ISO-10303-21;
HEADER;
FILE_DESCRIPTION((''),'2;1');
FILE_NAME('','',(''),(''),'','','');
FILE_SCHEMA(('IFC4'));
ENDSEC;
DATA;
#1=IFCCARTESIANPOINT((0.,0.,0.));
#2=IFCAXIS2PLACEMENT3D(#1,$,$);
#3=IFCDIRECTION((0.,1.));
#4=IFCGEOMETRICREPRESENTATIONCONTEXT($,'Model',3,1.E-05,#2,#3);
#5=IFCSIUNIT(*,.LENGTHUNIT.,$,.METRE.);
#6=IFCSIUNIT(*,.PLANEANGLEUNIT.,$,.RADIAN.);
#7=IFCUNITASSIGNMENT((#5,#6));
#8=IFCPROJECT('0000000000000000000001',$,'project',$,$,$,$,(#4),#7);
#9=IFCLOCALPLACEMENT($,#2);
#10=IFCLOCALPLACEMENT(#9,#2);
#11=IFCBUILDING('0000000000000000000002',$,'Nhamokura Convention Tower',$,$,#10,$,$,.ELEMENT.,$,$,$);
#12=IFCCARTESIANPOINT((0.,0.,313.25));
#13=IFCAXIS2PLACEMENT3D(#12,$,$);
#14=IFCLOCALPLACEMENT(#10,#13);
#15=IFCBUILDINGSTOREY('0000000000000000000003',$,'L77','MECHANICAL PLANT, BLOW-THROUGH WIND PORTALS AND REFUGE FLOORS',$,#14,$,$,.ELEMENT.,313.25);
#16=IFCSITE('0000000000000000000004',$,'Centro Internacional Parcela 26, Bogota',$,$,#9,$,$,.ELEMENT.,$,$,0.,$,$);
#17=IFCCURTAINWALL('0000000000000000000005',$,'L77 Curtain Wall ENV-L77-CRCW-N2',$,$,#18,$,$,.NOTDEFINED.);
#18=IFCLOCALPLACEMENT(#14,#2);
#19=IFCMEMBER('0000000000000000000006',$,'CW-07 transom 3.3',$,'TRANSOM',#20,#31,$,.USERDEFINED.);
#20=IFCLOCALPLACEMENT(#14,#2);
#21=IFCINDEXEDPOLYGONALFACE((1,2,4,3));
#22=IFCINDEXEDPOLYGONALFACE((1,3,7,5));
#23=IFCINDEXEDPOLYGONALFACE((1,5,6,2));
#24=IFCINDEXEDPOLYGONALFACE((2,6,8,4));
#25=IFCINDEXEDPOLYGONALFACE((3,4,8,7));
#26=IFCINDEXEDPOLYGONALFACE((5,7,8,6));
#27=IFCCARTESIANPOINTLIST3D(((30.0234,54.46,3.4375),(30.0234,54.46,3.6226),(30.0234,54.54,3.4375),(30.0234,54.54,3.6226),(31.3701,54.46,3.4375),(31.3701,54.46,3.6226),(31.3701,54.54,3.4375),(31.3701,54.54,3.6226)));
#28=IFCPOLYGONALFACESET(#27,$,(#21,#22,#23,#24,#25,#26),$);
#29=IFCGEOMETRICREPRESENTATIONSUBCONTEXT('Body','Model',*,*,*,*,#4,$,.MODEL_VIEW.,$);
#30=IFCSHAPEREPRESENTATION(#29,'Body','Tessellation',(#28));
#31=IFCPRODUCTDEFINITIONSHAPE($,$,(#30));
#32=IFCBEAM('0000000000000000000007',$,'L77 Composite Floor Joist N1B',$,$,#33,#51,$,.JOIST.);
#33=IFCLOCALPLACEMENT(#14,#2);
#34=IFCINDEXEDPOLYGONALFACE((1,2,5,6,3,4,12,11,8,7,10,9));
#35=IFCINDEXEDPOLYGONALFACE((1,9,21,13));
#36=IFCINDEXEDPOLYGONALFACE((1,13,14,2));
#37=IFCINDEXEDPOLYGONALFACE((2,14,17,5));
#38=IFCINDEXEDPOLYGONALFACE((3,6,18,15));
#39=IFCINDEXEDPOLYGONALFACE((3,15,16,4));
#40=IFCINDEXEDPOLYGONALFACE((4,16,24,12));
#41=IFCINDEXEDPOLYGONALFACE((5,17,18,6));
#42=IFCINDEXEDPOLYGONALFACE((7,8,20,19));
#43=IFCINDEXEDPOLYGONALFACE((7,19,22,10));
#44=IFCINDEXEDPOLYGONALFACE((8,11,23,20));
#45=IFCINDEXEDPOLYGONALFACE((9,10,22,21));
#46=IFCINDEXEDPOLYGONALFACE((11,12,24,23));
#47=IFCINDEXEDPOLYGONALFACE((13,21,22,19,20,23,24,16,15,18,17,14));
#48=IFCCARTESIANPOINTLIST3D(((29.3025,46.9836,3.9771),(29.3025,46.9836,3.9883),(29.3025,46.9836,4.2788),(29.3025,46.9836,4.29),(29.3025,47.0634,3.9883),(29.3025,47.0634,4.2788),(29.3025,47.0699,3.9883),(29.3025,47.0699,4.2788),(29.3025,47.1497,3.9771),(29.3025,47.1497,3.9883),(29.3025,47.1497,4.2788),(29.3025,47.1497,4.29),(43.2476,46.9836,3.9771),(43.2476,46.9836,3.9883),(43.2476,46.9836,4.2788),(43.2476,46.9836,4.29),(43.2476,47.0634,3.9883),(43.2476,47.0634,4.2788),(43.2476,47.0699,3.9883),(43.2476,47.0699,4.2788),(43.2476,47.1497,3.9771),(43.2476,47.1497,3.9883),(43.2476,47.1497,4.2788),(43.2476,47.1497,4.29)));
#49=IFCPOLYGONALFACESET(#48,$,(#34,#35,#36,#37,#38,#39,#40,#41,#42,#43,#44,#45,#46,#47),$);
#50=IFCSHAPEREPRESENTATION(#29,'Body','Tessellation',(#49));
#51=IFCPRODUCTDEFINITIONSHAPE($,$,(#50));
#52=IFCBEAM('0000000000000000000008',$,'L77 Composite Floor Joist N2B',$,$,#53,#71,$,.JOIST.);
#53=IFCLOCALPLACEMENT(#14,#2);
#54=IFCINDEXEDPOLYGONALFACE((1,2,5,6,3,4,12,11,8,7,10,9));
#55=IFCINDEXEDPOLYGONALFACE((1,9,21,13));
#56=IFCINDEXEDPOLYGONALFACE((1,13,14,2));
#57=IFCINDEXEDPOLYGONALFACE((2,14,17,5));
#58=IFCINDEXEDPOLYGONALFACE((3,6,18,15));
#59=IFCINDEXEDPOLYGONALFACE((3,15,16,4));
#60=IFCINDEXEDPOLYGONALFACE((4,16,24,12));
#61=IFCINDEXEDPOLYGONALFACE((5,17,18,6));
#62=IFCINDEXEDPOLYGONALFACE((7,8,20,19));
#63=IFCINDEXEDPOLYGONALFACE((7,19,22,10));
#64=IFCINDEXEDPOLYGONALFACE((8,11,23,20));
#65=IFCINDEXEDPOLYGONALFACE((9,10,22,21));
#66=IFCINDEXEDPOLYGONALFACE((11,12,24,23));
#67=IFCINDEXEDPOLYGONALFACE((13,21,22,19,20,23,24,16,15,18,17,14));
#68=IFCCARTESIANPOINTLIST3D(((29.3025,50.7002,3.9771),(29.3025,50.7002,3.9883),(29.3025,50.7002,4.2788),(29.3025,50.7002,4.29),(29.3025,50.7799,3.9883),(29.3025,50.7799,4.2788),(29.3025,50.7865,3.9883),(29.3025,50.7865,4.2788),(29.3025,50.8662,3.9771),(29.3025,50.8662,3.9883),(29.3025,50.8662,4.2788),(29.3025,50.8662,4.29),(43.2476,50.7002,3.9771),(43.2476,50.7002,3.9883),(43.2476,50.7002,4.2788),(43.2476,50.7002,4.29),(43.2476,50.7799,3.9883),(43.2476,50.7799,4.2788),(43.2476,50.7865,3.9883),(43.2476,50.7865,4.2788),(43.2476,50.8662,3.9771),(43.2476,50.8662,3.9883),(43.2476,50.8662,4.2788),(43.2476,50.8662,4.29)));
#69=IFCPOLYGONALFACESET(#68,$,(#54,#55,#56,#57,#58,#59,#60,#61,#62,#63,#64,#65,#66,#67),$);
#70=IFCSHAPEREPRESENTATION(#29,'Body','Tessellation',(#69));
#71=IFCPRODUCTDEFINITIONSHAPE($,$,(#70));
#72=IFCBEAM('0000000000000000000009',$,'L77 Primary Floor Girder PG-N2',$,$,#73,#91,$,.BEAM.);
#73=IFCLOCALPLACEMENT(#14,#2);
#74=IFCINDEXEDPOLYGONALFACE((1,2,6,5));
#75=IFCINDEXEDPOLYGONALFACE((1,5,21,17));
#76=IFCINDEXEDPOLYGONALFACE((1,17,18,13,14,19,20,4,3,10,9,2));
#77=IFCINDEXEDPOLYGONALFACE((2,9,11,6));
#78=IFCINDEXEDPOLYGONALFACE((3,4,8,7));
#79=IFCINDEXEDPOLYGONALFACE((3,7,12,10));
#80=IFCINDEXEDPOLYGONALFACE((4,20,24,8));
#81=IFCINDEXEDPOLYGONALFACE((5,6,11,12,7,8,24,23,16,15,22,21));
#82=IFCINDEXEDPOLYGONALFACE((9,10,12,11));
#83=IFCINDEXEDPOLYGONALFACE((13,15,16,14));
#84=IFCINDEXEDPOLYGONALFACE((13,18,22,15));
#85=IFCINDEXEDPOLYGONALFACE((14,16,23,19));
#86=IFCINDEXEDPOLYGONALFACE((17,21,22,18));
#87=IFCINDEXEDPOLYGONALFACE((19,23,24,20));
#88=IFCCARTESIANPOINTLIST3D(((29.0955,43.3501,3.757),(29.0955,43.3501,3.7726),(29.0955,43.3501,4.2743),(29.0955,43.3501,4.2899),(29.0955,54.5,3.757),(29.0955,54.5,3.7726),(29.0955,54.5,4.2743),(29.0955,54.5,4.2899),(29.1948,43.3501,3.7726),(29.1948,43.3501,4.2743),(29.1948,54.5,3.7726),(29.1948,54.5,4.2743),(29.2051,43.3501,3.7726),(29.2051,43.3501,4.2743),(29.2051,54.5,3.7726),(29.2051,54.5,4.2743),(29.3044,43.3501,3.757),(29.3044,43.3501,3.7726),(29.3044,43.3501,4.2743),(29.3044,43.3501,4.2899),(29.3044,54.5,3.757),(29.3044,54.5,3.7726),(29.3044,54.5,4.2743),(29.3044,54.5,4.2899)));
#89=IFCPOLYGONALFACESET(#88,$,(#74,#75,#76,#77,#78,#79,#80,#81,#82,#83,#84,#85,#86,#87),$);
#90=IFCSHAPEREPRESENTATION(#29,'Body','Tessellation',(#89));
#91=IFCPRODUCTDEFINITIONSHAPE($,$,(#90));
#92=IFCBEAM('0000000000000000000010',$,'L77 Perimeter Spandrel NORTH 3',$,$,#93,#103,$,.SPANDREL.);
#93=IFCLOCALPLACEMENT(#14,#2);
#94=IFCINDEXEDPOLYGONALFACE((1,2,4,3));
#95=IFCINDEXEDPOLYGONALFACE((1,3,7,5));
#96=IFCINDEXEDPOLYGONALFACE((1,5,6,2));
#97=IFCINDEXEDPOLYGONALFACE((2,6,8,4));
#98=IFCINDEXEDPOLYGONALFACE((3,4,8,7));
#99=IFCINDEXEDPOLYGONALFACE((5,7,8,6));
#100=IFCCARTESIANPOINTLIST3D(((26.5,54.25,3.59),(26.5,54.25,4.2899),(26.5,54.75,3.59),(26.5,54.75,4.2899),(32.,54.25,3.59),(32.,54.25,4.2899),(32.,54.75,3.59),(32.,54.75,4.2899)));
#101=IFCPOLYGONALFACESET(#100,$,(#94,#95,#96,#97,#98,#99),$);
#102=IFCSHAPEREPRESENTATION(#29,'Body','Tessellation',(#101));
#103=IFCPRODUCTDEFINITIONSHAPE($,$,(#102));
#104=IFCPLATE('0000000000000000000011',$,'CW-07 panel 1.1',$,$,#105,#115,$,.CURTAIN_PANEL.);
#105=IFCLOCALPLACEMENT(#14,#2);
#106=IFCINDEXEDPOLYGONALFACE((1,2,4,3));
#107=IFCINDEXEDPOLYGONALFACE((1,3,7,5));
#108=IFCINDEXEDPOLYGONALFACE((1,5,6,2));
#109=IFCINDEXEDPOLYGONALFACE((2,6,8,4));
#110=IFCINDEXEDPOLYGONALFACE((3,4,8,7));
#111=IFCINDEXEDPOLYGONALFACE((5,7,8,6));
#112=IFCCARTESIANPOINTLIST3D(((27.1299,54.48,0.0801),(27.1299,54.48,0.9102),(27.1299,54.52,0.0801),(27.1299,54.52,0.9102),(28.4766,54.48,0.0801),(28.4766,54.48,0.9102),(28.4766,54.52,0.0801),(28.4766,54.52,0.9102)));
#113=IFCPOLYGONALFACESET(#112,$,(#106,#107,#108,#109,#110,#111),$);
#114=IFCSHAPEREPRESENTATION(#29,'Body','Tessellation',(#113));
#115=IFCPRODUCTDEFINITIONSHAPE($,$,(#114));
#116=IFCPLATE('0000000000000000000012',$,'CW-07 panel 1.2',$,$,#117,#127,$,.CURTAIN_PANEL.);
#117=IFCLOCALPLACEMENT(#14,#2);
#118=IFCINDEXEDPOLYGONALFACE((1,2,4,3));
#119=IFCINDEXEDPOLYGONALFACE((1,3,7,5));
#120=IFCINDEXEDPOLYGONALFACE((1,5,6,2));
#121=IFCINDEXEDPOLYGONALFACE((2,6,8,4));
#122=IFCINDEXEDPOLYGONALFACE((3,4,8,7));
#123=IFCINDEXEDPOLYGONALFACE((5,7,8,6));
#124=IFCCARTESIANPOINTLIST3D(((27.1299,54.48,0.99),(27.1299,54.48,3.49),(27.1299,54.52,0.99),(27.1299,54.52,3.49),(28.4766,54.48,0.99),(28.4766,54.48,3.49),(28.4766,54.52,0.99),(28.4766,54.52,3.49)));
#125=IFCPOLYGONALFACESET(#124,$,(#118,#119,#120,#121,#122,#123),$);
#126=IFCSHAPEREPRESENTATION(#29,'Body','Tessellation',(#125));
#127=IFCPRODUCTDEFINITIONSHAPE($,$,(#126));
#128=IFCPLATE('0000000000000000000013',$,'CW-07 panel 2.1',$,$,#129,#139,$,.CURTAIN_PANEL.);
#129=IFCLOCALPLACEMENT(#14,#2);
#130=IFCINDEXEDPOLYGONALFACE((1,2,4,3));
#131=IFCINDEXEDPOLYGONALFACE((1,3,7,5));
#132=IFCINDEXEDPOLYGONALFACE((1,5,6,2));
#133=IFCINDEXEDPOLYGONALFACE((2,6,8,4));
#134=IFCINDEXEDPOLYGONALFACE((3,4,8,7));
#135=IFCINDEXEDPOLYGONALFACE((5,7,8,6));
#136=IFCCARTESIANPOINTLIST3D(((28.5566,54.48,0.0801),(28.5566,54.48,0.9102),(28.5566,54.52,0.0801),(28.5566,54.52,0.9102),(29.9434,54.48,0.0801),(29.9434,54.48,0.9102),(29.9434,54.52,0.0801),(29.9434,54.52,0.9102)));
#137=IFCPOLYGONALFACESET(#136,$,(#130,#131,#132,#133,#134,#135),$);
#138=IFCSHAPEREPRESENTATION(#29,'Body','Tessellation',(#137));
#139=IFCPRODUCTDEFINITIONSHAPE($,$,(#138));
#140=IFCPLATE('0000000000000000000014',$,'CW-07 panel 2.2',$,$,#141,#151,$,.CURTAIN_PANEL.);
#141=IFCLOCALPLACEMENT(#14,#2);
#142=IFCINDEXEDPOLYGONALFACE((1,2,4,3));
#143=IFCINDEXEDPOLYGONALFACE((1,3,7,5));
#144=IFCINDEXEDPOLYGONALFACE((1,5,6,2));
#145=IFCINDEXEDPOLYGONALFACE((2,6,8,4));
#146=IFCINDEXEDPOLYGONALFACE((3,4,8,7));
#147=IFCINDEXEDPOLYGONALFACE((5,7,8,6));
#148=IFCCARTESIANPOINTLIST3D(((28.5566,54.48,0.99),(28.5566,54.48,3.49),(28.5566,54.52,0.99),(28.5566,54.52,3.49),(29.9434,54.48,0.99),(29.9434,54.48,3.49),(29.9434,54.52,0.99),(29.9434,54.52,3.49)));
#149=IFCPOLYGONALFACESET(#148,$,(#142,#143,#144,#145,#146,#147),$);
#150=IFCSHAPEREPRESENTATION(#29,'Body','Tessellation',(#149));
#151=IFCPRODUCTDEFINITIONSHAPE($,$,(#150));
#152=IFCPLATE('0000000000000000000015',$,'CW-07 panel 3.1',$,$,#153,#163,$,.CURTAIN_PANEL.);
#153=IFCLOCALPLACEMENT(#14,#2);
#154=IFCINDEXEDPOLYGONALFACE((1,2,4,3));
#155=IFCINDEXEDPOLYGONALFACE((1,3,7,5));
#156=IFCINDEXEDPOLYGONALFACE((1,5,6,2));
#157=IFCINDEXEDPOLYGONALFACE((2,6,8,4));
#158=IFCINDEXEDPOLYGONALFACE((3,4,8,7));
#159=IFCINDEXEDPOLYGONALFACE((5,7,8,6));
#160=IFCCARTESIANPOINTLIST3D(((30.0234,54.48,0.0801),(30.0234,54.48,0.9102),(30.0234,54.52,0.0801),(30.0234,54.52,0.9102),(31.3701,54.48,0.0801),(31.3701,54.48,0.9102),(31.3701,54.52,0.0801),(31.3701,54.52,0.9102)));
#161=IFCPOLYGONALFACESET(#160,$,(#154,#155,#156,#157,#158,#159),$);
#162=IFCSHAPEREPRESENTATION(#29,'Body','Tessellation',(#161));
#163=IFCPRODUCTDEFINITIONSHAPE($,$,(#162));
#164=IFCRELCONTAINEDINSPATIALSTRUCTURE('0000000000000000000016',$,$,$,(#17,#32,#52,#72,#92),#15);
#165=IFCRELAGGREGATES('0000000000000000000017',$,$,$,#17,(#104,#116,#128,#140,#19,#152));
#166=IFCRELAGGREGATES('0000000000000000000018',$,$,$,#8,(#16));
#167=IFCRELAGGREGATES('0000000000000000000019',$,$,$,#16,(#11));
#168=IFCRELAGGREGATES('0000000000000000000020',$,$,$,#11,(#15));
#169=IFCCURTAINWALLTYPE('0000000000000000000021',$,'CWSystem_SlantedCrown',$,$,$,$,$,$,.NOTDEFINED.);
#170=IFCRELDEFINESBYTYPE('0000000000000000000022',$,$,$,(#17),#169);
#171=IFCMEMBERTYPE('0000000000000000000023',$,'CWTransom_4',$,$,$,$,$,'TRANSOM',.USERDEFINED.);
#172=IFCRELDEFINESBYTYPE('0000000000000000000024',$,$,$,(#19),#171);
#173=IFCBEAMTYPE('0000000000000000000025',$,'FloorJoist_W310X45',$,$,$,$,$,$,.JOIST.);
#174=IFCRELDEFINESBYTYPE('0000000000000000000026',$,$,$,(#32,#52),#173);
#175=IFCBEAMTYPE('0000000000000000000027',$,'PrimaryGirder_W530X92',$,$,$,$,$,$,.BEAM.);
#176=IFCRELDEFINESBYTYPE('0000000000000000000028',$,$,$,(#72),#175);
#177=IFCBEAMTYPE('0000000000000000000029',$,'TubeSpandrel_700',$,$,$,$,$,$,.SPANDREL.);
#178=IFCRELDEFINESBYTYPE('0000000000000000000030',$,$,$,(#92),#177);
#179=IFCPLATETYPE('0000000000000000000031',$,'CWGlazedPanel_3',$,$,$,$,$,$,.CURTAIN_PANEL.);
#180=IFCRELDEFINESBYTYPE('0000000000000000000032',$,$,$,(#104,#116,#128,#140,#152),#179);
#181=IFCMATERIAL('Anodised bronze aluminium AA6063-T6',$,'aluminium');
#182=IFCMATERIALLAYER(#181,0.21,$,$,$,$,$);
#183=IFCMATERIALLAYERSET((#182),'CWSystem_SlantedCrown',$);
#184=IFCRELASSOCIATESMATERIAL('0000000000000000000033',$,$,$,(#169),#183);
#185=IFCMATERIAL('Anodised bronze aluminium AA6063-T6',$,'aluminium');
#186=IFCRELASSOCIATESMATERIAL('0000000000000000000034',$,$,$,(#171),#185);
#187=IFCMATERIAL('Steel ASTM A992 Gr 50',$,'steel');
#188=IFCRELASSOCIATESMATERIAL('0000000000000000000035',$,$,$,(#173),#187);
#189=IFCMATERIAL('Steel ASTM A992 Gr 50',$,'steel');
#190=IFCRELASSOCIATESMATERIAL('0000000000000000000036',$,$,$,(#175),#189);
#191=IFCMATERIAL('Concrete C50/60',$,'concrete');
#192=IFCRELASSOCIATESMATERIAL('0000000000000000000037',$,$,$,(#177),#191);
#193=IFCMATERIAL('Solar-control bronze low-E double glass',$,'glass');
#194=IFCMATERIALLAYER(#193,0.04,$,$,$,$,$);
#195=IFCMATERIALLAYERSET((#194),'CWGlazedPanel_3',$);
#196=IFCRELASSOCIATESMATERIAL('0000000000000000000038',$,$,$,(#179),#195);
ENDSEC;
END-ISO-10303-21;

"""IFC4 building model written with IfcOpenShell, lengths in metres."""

from ifc_helpers import new_model, si_unit, direction, frame, origin, origin_2d, place, context, subcontext, project, spatial, rectangle, i_section, extrude, material, layer, layer_set, material_profile, profile_set, type_object, element, aggregate, save


model = new_model("IFC4")

# Units and contexts
model_context = context("Model", 3, precision=1e-05, world=origin(), true_north=direction((0.0, 1.0)))
body_context = subcontext(model_context, "Body", "Model", "MODEL_VIEW")
ifc_project = project(units=[si_unit("LENGTHUNIT", "METRE"), si_unit("PLANEANGLEUNIT", "RADIAN")], contexts=[model_context])

# Site, building, storey
site_placement = place(None, origin())
site = spatial("IfcSite", under=ifc_project, at=site_placement, Name="Centro Internacional Parcela 26, Bogota", CompositionType="ELEMENT", RefElevation=0.0)
building_placement = place(site_placement, origin())
building = spatial("IfcBuilding", under=site, at=building_placement, Name="Nhamokura Convention Tower", CompositionType="ELEMENT")
storey_placement = place(building_placement, frame((0.0, 0.0, 313.25)))
storey = spatial("IfcBuildingStorey", under=building, at=storey_placement, Name="L77", Description="MECHANICAL PLANT, BLOW-THROUGH WIND PORTALS AND REFUGE FLOORS", CompositionType="ELEMENT", Elevation=313.25)

# Curtain wall, member
ifc_material_1 = material(Name="Anodised bronze aluminium AA6063-T6", Category="aluminium")
ifc_layer_1 = layer(ifc_material_1, 0.21)
ifc_layer_set_1 = layer_set([ifc_layer_1], Name="CWSystem_SlantedCrown")
curtain_wall_type = type_object("IfcCurtainWallType", Name="CWSystem_SlantedCrown", PredefinedType="NOTDEFINED", material=ifc_layer_set_1)
curtain_wall_placement = place(storey_placement, origin())
curtain_wall = element("IfcCurtainWall", 1, at=curtain_wall_placement, inside=storey, type_object=curtain_wall_type, Name="L77 Curtain Wall ENV-L77-CRCW-N2", PredefinedType="NOTDEFINED")
ifc_material_2 = material(Name="Anodised bronze aluminium AA6063-T6", Category="aluminium")
ifc_material_profile_1 = material_profile(ifc_material_2, rectangle(XDim=0.0801, YDim=0.1851, at=origin_2d()))
ifc_profile_set_1 = profile_set([ifc_material_profile_1], Name="Anodised bronze aluminium AA6063-T6")
member_type_1 = type_object("IfcMemberType", Name="CWTransom_4", ElementType="TRANSOM", PredefinedType="USERDEFINED", material=ifc_profile_set_1)
member_1_placement = place(storey_placement, frame((30.0234, 54.5, 3.53), z_axis=(1.0, 0.0, 0.0), x_axis=(0.0, 1.0, 0.0)))
member_1 = element("IfcMember", 2, at=member_1_placement, type_object=member_type_1, Name="CW-07 transom 3.3", ObjectType="TRANSOM", PredefinedType="USERDEFINED", context=body_context, shape_type="SweptSolid", body=[
    extrude(rectangle(XDim=0.0801, YDim=0.1851, at=origin_2d()), origin(), (0.0, 0.0, 1.0), 1.3467),
])

# Beams
ifc_material_3 = material(Name="Steel ASTM A992 Gr 50", Category="steel")
ifc_material_profile_2 = material_profile(ifc_material_3, i_section(OverallWidth=0.166, OverallDepth=0.313, WebThickness=0.0066, FlangeThickness=0.0112, at=origin_2d()))
ifc_profile_set_2 = profile_set([ifc_material_profile_2], Name="Steel ASTM A992 Gr 50")
beam_type_1 = type_object("IfcBeamType", Name="FloorJoist_W310X45", PredefinedType="JOIST", material=ifc_profile_set_2)
for number, where, z_axis, x_axis, name in (
    (3, (29.3025, 47.0667, 4.1335), (1.0, 0.0, 0.0), (0.0, 1.0, 0.0), "L77 Composite Floor Joist N1B"),
    (4, (29.3025, 50.7832, 4.1335), (1.0, 0.0, 0.0), (0.0, 1.0, 0.0), "L77 Composite Floor Joist N2B"),
):
    element("IfcBeam", number, at=place(storey_placement, frame(where, z_axis=z_axis, x_axis=x_axis)), inside=storey, type_object=beam_type_1, Name=name, PredefinedType="JOIST", context=body_context, shape_type="SweptSolid", body=[
        extrude(i_section(OverallWidth=0.166, OverallDepth=0.313, WebThickness=0.0066, FlangeThickness=0.0112, at=origin_2d()), origin(), (0.0, 0.0, 1.0), 13.9451),
    ])
ifc_material_4 = material(Name="Steel ASTM A992 Gr 50", Category="steel")
ifc_material_profile_3 = material_profile(ifc_material_4, i_section(OverallWidth=0.209, OverallDepth=0.533, WebThickness=0.0103, FlangeThickness=0.0156, at=origin_2d()))
ifc_profile_set_3 = profile_set([ifc_material_profile_3], Name="Steel ASTM A992 Gr 50")
beam_type_2 = type_object("IfcBeamType", Name="PrimaryGirder_W530X92", PredefinedType="BEAM", material=ifc_profile_set_3)
beam_1_placement = place(storey_placement, frame((29.2, 43.3501, 4.0234), z_axis=(0.0, 1.0, 0.0), x_axis=(-1.0, 0.0, 0.0)))
element("IfcBeam", 5, at=beam_1_placement, inside=storey, type_object=beam_type_2, Name="L77 Primary Floor Girder PG-N2", PredefinedType="BEAM", context=body_context, shape_type="SweptSolid", body=[
    extrude(i_section(OverallWidth=0.209, OverallDepth=0.533, WebThickness=0.0103, FlangeThickness=0.0156, at=origin_2d()), origin(), (0.0, 0.0, 1.0), 11.1499),
])
ifc_material_5 = material(Name="Concrete C50/60", Category="concrete")
ifc_material_profile_4 = material_profile(ifc_material_5, rectangle(XDim=0.5, YDim=0.7, at=origin_2d()))
ifc_profile_set_4 = profile_set([ifc_material_profile_4], Name="Concrete C50/60")
beam_type_3 = type_object("IfcBeamType", Name="TubeSpandrel_700", PredefinedType="SPANDREL", material=ifc_profile_set_4)
beam_2_placement = place(storey_placement, frame((26.5, 54.5, 3.9399), z_axis=(1.0, 0.0, 0.0), x_axis=(0.0, 1.0, 0.0)))
element("IfcBeam", 6, at=beam_2_placement, inside=storey, type_object=beam_type_3, Name="L77 Perimeter Spandrel NORTH 3", PredefinedType="SPANDREL", context=body_context, shape_type="SweptSolid", body=[
    extrude(rectangle(XDim=0.5, YDim=0.7, at=origin_2d()), origin(), (0.0, 0.0, 1.0), 5.5),
])

# Plates
ifc_material_6 = material(Name="Solar-control bronze low-E double glass", Category="glass")
ifc_layer_2 = layer(ifc_material_6, 0.04)
ifc_layer_set_2 = layer_set([ifc_layer_2], Name="CWGlazedPanel_3")
plate_type = type_object("IfcPlateType", Name="CWGlazedPanel_3", PredefinedType="CURTAIN_PANEL", material=ifc_layer_set_2)
plate_1_placement = place(storey_placement, frame((27.8032, 54.5, 0.0801), z_axis=(0.0, 0.0, 1.0), x_axis=(1.0, 0.0, 0.0)))
plate_1 = element("IfcPlate", 7, at=plate_1_placement, type_object=plate_type, Name="CW-07 panel 1.1", PredefinedType="CURTAIN_PANEL", context=body_context, shape_type="SweptSolid", body=[
    extrude(rectangle(XDim=1.3467, YDim=0.04, at=origin_2d()), origin(), (0.0, 0.0, 1.0), 0.8301),
])
plate_2_placement = place(storey_placement, frame((27.8032, 54.5, 0.99), z_axis=(0.0, 0.0, 1.0), x_axis=(1.0, 0.0, 0.0)))
plate_2 = element("IfcPlate", 8, at=plate_2_placement, type_object=plate_type, Name="CW-07 panel 1.2", PredefinedType="CURTAIN_PANEL", context=body_context, shape_type="SweptSolid", body=[
    extrude(rectangle(XDim=1.3467, YDim=0.04, at=origin_2d()), origin(), (0.0, 0.0, 1.0), 2.5),
])
plate_3_placement = place(storey_placement, frame((29.25, 54.5, 0.0801), z_axis=(0.0, 0.0, 1.0), x_axis=(1.0, 0.0, 0.0)))
plate_3 = element("IfcPlate", 9, at=plate_3_placement, type_object=plate_type, Name="CW-07 panel 2.1", PredefinedType="CURTAIN_PANEL", context=body_context, shape_type="SweptSolid", body=[
    extrude(rectangle(XDim=1.3867, YDim=0.04, at=origin_2d()), origin(), (0.0, 0.0, 1.0), 0.8301),
])
plate_4_placement = place(storey_placement, frame((29.25, 54.5, 0.99), z_axis=(0.0, 0.0, 1.0), x_axis=(1.0, 0.0, 0.0)))
plate_4 = element("IfcPlate", 10, at=plate_4_placement, type_object=plate_type, Name="CW-07 panel 2.2", PredefinedType="CURTAIN_PANEL", context=body_context, shape_type="SweptSolid", body=[
    extrude(rectangle(XDim=1.3867, YDim=0.04, at=origin_2d()), origin(), (0.0, 0.0, 1.0), 2.5),
])
plate_5_placement = place(storey_placement, frame((30.6968, 54.5, 0.0801), z_axis=(0.0, 0.0, 1.0), x_axis=(1.0, 0.0, 0.0)))
plate_5 = element("IfcPlate", 11, at=plate_5_placement, type_object=plate_type, Name="CW-07 panel 3.1", PredefinedType="CURTAIN_PANEL", context=body_context, shape_type="SweptSolid", body=[
    extrude(rectangle(XDim=1.3467, YDim=0.04, at=origin_2d()), origin(), (0.0, 0.0, 1.0), 0.8301),
])
aggregate(curtain_wall, [plate_1, plate_2, plate_3, plate_4, member_1, plate_5])

save(model, "model.ifc")
